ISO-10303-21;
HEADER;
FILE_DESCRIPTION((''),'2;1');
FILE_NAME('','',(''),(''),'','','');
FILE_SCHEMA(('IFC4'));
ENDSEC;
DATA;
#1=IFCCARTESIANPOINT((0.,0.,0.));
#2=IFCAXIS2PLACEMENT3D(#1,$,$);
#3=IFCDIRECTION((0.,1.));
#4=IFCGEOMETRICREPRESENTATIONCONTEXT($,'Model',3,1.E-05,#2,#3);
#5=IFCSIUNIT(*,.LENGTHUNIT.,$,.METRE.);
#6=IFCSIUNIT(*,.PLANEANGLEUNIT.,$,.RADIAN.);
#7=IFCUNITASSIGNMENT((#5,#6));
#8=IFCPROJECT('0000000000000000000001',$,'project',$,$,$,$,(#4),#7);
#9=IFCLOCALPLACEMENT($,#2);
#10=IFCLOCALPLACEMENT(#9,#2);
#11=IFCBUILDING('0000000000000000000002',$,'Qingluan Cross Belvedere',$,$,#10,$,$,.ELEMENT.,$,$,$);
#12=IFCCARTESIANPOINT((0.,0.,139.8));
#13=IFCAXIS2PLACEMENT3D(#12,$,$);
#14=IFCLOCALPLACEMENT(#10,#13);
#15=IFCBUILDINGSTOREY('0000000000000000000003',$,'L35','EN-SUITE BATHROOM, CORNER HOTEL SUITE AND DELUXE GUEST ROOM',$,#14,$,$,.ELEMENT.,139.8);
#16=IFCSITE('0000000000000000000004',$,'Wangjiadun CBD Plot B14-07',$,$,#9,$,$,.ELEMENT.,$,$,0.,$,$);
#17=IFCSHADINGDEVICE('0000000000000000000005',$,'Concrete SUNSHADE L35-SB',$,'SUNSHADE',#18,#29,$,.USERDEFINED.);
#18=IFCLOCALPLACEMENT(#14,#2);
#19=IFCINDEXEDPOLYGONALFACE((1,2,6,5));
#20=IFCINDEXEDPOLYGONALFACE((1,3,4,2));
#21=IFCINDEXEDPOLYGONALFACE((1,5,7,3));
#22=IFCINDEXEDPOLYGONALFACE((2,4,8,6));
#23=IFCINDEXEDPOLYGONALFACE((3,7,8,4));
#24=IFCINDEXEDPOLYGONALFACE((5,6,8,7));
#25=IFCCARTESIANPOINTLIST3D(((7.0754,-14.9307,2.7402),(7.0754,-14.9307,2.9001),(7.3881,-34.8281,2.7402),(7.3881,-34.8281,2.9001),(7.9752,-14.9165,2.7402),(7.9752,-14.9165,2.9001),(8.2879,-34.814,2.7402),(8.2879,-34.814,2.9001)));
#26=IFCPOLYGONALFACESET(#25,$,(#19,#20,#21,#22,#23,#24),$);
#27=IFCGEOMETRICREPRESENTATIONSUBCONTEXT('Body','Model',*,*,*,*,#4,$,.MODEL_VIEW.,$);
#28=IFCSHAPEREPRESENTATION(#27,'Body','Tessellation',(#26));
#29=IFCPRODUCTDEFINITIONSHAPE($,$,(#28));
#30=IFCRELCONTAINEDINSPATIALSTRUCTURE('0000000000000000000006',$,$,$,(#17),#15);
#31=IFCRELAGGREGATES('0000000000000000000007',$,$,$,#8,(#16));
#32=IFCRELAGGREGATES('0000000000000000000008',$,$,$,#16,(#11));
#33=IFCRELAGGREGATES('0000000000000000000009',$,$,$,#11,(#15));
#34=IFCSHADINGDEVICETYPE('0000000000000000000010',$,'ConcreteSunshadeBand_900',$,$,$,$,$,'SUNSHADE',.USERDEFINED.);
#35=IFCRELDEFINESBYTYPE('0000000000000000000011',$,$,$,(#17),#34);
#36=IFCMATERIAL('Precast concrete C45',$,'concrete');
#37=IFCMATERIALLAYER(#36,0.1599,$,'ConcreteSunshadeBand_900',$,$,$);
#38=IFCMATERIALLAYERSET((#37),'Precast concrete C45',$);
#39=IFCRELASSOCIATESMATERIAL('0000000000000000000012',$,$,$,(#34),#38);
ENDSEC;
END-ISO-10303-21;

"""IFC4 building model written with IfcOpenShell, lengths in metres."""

from ifc_helpers import new_model, si_unit, direction, frame, origin, origin_2d, place, context, subcontext, project, spatial, rectangle, extrude, material, layer, layer_set, type_object, element, save


model = new_model("IFC4")

# Units and contexts
model_context = context("Model", 3, precision=1e-05, world=origin(), true_north=direction((0.0, 1.0)))
body_context = subcontext(model_context, "Body", "Model", "MODEL_VIEW")
ifc_project = project(units=[si_unit("LENGTHUNIT", "METRE"), si_unit("PLANEANGLEUNIT", "RADIAN")], contexts=[model_context])

# Site, building, storey
site_placement = place(None, origin())
site = spatial("IfcSite", under=ifc_project, at=site_placement, Name="Wangjiadun CBD Plot B14-07", CompositionType="ELEMENT", RefElevation=0.0)
building_placement = place(site_placement, origin())
building = spatial("IfcBuilding", under=site, at=building_placement, Name="Qingluan Cross Belvedere", CompositionType="ELEMENT")
storey_placement = place(building_placement, frame((0.0, 0.0, 139.8)))
storey = spatial("IfcBuildingStorey", under=building, at=storey_placement, Name="L35", Description="EN-SUITE BATHROOM, CORNER HOTEL SUITE AND DELUXE GUEST ROOM", CompositionType="ELEMENT", Elevation=139.8)

# Shading device
ifc_material_1 = material(Name="Precast concrete C45", Category="concrete")
ifc_layer_1 = layer(ifc_material_1, 0.1599, Name="ConcreteSunshadeBand_900")
ifc_layer_set_1 = layer_set([ifc_layer_1], Name="Precast concrete C45")
shading_device_type = type_object("IfcShadingDeviceType", Name="ConcreteSunshadeBand_900", ElementType="SUNSHADE", PredefinedType="USERDEFINED", material=ifc_layer_set_1)
shading_device_placement = place(storey_placement, frame((7.6816, -24.8723, 2.7402), z_axis=(0.0, 0.0, 1.0), x_axis=(-0.015711, 0.999877, 0.0)))
element("IfcShadingDevice", 1, at=shading_device_placement, inside=storey, type_object=shading_device_type, Name="Concrete SUNSHADE L35-SB", ObjectType="SUNSHADE", PredefinedType="USERDEFINED", context=body_context, shape_type="SweptSolid", body=[
    extrude(rectangle(XDim=19.8999, YDim=0.8999, at=origin_2d()), origin(), (0.0, 0.0, 1.0), 0.1599),
])

save(model, "model.ifc")
